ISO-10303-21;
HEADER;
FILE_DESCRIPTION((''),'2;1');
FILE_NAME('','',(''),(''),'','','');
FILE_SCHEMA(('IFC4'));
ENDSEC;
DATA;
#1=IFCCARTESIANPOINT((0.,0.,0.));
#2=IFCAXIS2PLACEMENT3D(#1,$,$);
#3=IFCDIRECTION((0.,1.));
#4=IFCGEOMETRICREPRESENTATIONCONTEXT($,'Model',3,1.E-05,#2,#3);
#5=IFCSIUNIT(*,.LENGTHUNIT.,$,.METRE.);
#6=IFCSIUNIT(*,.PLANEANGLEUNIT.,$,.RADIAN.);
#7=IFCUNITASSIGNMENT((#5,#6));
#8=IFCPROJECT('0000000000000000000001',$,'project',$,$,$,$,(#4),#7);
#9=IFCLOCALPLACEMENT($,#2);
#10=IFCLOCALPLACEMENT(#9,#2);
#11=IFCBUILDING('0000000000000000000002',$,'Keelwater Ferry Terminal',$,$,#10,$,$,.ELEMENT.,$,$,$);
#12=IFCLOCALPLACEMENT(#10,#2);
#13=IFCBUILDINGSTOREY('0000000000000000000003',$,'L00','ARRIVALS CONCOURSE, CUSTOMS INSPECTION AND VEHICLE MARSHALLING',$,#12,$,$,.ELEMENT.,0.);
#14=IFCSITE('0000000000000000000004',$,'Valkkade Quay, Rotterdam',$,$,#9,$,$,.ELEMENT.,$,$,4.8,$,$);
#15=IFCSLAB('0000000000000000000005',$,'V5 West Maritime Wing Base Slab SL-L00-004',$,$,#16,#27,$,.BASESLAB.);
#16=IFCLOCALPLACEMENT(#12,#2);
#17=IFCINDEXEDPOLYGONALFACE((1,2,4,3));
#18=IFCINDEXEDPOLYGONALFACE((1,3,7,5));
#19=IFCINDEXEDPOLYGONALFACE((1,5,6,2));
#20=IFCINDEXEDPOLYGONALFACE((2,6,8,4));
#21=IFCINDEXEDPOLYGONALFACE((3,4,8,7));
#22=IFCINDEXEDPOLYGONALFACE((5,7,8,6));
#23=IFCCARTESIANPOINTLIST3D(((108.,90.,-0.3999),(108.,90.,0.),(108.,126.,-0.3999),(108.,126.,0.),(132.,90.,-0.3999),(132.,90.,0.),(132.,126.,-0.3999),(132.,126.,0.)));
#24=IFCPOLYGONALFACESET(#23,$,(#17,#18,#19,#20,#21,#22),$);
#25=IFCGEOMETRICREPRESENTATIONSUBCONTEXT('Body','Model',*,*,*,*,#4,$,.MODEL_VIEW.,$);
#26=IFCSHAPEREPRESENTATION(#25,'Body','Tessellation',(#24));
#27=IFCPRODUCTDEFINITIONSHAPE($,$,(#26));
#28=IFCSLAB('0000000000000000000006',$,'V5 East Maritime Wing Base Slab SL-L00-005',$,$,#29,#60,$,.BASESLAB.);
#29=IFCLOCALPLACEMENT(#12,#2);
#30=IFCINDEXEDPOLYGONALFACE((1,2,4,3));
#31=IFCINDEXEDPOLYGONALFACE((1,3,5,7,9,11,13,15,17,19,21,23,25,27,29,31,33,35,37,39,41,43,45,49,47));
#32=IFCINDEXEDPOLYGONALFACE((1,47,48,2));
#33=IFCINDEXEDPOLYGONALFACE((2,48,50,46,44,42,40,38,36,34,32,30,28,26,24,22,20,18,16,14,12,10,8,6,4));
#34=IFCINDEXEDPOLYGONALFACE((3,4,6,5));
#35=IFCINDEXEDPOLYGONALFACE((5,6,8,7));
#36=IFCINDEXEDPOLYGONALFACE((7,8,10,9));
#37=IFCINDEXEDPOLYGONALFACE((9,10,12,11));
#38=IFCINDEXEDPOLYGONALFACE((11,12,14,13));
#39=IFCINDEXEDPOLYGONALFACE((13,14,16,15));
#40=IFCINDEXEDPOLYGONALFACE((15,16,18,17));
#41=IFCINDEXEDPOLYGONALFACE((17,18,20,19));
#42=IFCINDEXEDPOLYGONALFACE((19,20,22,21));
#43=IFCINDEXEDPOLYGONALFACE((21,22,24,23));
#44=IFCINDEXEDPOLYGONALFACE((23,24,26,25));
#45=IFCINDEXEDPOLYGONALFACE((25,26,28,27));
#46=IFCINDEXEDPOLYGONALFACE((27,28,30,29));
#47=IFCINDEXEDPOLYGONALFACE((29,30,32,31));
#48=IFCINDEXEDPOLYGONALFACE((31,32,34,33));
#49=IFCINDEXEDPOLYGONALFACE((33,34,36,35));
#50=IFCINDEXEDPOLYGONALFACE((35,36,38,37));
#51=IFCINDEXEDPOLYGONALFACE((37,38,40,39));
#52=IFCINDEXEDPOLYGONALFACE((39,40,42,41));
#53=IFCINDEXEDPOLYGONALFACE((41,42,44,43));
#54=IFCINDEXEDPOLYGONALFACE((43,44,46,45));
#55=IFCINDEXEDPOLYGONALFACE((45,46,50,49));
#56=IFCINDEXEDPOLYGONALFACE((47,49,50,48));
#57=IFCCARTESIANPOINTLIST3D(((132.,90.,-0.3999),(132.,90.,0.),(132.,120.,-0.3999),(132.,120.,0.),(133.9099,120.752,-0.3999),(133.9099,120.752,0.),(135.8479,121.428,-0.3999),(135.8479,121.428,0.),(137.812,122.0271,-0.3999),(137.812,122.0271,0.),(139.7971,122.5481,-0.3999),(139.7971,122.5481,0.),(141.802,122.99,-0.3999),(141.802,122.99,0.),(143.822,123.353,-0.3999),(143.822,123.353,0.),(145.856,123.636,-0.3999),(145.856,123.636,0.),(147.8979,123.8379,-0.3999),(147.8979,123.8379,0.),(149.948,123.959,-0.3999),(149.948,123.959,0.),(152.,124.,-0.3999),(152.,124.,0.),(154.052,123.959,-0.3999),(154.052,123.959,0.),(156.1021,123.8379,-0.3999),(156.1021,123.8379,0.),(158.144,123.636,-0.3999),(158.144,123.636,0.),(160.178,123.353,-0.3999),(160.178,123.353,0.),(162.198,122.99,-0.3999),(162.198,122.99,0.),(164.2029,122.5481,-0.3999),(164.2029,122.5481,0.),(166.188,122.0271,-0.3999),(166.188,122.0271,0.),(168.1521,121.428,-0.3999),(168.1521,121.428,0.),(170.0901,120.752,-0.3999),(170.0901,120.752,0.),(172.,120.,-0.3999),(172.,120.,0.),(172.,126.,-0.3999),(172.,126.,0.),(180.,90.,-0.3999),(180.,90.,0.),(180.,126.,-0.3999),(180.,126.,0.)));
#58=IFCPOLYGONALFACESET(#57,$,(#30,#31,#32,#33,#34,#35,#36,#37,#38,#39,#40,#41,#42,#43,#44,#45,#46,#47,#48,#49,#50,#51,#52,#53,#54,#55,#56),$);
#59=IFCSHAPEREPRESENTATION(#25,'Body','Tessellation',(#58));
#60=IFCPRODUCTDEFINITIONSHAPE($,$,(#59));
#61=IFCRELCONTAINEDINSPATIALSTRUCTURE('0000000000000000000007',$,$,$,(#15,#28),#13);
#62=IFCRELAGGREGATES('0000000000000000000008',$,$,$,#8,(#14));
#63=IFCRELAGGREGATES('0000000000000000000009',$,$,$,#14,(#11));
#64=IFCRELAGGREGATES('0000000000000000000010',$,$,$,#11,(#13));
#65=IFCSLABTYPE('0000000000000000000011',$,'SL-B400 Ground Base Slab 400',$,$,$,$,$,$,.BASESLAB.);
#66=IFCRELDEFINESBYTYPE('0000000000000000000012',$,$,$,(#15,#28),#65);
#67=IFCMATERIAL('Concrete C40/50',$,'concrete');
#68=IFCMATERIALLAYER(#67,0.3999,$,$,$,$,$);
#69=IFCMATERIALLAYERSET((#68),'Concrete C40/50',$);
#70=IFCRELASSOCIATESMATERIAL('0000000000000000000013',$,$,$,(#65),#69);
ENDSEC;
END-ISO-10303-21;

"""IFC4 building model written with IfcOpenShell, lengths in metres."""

from ifc_helpers import new_model, si_unit, direction, frame, origin, place, context, subcontext, project, spatial, polyline, outline, extrude, material, layer, layer_set, type_object, element, save


model = new_model("IFC4")

# Units and contexts
model_context = context("Model", 3, precision=1e-05, world=origin(), true_north=direction((0.0, 1.0)))
body_context = subcontext(model_context, "Body", "Model", "MODEL_VIEW")
ifc_project = project(units=[si_unit("LENGTHUNIT", "METRE"), si_unit("PLANEANGLEUNIT", "RADIAN")], contexts=[model_context])

# Site, building, storey
site_placement = place(None, origin())
site = spatial("IfcSite", under=ifc_project, at=site_placement, Name="Valkkade Quay, Rotterdam", CompositionType="ELEMENT", RefElevation=4.8)
building_placement = place(site_placement, origin())
building = spatial("IfcBuilding", under=site, at=building_placement, Name="Keelwater Ferry Terminal", CompositionType="ELEMENT")
storey_placement = place(building_placement, origin())
storey = spatial("IfcBuildingStorey", under=building, at=storey_placement, Name="L00", Description="ARRIVALS CONCOURSE, CUSTOMS INSPECTION AND VEHICLE MARSHALLING", CompositionType="ELEMENT", Elevation=0.0)

# Slabs
ifc_material_1 = material(Name="Concrete C40/50", Category="concrete")
ifc_layer = layer(ifc_material_1, 0.3999)
ifc_layer_set = layer_set([ifc_layer], Name="Concrete C40/50")
slab_type = type_object("IfcSlabType", Name="SL-B400 Ground Base Slab 400", PredefinedType="BASESLAB", material=ifc_layer_set)
slab_1_placement = place(storey_placement, frame((0.0, 0.0, -0.3999)))
element("IfcSlab", 1, at=slab_1_placement, inside=storey, type_object=slab_type, Name="V5 West Maritime Wing Base Slab SL-L00-004", PredefinedType="BASESLAB", context=body_context, shape_type="SweptSolid", body=[
    extrude(outline(polyline([(108.0, 90.0), (132.0, 90.0), (132.0, 126.0), (108.0, 126.0), (108.0, 90.0)])), origin(), (0.0, 0.0, 1.0), 0.3999),
])
slab_2_placement = place(storey_placement, frame((0.0, 0.0, -0.3999)))
element("IfcSlab", 2, at=slab_2_placement, inside=storey, type_object=slab_type, Name="V5 East Maritime Wing Base Slab SL-L00-005", PredefinedType="BASESLAB", context=body_context, shape_type="SweptSolid", body=[
    extrude(outline(polyline([(132.0, 90.0), (180.0, 90.0), (180.0, 126.0), (172.0, 126.0), (172.0, 120.0), (170.0901, 120.752), (168.1521, 121.428), (166.188, 122.0271), (164.2029, 122.5481), (162.198, 122.99), (160.178, 123.353), (158.144, 123.636), (156.1021, 123.8379), (154.052, 123.959), (152.0, 124.0), (149.948, 123.959), (147.8979, 123.8379), (145.856, 123.636), (143.822, 123.353), (141.802, 122.99), (139.7971, 122.5481), (137.812, 122.0271), (135.8479, 121.428), (133.9099, 120.752), (132.0, 120.0), (132.0, 90.0)])), origin(), (0.0, 0.0, 1.0), 0.3999),
])

save(model, "model.ifc")
